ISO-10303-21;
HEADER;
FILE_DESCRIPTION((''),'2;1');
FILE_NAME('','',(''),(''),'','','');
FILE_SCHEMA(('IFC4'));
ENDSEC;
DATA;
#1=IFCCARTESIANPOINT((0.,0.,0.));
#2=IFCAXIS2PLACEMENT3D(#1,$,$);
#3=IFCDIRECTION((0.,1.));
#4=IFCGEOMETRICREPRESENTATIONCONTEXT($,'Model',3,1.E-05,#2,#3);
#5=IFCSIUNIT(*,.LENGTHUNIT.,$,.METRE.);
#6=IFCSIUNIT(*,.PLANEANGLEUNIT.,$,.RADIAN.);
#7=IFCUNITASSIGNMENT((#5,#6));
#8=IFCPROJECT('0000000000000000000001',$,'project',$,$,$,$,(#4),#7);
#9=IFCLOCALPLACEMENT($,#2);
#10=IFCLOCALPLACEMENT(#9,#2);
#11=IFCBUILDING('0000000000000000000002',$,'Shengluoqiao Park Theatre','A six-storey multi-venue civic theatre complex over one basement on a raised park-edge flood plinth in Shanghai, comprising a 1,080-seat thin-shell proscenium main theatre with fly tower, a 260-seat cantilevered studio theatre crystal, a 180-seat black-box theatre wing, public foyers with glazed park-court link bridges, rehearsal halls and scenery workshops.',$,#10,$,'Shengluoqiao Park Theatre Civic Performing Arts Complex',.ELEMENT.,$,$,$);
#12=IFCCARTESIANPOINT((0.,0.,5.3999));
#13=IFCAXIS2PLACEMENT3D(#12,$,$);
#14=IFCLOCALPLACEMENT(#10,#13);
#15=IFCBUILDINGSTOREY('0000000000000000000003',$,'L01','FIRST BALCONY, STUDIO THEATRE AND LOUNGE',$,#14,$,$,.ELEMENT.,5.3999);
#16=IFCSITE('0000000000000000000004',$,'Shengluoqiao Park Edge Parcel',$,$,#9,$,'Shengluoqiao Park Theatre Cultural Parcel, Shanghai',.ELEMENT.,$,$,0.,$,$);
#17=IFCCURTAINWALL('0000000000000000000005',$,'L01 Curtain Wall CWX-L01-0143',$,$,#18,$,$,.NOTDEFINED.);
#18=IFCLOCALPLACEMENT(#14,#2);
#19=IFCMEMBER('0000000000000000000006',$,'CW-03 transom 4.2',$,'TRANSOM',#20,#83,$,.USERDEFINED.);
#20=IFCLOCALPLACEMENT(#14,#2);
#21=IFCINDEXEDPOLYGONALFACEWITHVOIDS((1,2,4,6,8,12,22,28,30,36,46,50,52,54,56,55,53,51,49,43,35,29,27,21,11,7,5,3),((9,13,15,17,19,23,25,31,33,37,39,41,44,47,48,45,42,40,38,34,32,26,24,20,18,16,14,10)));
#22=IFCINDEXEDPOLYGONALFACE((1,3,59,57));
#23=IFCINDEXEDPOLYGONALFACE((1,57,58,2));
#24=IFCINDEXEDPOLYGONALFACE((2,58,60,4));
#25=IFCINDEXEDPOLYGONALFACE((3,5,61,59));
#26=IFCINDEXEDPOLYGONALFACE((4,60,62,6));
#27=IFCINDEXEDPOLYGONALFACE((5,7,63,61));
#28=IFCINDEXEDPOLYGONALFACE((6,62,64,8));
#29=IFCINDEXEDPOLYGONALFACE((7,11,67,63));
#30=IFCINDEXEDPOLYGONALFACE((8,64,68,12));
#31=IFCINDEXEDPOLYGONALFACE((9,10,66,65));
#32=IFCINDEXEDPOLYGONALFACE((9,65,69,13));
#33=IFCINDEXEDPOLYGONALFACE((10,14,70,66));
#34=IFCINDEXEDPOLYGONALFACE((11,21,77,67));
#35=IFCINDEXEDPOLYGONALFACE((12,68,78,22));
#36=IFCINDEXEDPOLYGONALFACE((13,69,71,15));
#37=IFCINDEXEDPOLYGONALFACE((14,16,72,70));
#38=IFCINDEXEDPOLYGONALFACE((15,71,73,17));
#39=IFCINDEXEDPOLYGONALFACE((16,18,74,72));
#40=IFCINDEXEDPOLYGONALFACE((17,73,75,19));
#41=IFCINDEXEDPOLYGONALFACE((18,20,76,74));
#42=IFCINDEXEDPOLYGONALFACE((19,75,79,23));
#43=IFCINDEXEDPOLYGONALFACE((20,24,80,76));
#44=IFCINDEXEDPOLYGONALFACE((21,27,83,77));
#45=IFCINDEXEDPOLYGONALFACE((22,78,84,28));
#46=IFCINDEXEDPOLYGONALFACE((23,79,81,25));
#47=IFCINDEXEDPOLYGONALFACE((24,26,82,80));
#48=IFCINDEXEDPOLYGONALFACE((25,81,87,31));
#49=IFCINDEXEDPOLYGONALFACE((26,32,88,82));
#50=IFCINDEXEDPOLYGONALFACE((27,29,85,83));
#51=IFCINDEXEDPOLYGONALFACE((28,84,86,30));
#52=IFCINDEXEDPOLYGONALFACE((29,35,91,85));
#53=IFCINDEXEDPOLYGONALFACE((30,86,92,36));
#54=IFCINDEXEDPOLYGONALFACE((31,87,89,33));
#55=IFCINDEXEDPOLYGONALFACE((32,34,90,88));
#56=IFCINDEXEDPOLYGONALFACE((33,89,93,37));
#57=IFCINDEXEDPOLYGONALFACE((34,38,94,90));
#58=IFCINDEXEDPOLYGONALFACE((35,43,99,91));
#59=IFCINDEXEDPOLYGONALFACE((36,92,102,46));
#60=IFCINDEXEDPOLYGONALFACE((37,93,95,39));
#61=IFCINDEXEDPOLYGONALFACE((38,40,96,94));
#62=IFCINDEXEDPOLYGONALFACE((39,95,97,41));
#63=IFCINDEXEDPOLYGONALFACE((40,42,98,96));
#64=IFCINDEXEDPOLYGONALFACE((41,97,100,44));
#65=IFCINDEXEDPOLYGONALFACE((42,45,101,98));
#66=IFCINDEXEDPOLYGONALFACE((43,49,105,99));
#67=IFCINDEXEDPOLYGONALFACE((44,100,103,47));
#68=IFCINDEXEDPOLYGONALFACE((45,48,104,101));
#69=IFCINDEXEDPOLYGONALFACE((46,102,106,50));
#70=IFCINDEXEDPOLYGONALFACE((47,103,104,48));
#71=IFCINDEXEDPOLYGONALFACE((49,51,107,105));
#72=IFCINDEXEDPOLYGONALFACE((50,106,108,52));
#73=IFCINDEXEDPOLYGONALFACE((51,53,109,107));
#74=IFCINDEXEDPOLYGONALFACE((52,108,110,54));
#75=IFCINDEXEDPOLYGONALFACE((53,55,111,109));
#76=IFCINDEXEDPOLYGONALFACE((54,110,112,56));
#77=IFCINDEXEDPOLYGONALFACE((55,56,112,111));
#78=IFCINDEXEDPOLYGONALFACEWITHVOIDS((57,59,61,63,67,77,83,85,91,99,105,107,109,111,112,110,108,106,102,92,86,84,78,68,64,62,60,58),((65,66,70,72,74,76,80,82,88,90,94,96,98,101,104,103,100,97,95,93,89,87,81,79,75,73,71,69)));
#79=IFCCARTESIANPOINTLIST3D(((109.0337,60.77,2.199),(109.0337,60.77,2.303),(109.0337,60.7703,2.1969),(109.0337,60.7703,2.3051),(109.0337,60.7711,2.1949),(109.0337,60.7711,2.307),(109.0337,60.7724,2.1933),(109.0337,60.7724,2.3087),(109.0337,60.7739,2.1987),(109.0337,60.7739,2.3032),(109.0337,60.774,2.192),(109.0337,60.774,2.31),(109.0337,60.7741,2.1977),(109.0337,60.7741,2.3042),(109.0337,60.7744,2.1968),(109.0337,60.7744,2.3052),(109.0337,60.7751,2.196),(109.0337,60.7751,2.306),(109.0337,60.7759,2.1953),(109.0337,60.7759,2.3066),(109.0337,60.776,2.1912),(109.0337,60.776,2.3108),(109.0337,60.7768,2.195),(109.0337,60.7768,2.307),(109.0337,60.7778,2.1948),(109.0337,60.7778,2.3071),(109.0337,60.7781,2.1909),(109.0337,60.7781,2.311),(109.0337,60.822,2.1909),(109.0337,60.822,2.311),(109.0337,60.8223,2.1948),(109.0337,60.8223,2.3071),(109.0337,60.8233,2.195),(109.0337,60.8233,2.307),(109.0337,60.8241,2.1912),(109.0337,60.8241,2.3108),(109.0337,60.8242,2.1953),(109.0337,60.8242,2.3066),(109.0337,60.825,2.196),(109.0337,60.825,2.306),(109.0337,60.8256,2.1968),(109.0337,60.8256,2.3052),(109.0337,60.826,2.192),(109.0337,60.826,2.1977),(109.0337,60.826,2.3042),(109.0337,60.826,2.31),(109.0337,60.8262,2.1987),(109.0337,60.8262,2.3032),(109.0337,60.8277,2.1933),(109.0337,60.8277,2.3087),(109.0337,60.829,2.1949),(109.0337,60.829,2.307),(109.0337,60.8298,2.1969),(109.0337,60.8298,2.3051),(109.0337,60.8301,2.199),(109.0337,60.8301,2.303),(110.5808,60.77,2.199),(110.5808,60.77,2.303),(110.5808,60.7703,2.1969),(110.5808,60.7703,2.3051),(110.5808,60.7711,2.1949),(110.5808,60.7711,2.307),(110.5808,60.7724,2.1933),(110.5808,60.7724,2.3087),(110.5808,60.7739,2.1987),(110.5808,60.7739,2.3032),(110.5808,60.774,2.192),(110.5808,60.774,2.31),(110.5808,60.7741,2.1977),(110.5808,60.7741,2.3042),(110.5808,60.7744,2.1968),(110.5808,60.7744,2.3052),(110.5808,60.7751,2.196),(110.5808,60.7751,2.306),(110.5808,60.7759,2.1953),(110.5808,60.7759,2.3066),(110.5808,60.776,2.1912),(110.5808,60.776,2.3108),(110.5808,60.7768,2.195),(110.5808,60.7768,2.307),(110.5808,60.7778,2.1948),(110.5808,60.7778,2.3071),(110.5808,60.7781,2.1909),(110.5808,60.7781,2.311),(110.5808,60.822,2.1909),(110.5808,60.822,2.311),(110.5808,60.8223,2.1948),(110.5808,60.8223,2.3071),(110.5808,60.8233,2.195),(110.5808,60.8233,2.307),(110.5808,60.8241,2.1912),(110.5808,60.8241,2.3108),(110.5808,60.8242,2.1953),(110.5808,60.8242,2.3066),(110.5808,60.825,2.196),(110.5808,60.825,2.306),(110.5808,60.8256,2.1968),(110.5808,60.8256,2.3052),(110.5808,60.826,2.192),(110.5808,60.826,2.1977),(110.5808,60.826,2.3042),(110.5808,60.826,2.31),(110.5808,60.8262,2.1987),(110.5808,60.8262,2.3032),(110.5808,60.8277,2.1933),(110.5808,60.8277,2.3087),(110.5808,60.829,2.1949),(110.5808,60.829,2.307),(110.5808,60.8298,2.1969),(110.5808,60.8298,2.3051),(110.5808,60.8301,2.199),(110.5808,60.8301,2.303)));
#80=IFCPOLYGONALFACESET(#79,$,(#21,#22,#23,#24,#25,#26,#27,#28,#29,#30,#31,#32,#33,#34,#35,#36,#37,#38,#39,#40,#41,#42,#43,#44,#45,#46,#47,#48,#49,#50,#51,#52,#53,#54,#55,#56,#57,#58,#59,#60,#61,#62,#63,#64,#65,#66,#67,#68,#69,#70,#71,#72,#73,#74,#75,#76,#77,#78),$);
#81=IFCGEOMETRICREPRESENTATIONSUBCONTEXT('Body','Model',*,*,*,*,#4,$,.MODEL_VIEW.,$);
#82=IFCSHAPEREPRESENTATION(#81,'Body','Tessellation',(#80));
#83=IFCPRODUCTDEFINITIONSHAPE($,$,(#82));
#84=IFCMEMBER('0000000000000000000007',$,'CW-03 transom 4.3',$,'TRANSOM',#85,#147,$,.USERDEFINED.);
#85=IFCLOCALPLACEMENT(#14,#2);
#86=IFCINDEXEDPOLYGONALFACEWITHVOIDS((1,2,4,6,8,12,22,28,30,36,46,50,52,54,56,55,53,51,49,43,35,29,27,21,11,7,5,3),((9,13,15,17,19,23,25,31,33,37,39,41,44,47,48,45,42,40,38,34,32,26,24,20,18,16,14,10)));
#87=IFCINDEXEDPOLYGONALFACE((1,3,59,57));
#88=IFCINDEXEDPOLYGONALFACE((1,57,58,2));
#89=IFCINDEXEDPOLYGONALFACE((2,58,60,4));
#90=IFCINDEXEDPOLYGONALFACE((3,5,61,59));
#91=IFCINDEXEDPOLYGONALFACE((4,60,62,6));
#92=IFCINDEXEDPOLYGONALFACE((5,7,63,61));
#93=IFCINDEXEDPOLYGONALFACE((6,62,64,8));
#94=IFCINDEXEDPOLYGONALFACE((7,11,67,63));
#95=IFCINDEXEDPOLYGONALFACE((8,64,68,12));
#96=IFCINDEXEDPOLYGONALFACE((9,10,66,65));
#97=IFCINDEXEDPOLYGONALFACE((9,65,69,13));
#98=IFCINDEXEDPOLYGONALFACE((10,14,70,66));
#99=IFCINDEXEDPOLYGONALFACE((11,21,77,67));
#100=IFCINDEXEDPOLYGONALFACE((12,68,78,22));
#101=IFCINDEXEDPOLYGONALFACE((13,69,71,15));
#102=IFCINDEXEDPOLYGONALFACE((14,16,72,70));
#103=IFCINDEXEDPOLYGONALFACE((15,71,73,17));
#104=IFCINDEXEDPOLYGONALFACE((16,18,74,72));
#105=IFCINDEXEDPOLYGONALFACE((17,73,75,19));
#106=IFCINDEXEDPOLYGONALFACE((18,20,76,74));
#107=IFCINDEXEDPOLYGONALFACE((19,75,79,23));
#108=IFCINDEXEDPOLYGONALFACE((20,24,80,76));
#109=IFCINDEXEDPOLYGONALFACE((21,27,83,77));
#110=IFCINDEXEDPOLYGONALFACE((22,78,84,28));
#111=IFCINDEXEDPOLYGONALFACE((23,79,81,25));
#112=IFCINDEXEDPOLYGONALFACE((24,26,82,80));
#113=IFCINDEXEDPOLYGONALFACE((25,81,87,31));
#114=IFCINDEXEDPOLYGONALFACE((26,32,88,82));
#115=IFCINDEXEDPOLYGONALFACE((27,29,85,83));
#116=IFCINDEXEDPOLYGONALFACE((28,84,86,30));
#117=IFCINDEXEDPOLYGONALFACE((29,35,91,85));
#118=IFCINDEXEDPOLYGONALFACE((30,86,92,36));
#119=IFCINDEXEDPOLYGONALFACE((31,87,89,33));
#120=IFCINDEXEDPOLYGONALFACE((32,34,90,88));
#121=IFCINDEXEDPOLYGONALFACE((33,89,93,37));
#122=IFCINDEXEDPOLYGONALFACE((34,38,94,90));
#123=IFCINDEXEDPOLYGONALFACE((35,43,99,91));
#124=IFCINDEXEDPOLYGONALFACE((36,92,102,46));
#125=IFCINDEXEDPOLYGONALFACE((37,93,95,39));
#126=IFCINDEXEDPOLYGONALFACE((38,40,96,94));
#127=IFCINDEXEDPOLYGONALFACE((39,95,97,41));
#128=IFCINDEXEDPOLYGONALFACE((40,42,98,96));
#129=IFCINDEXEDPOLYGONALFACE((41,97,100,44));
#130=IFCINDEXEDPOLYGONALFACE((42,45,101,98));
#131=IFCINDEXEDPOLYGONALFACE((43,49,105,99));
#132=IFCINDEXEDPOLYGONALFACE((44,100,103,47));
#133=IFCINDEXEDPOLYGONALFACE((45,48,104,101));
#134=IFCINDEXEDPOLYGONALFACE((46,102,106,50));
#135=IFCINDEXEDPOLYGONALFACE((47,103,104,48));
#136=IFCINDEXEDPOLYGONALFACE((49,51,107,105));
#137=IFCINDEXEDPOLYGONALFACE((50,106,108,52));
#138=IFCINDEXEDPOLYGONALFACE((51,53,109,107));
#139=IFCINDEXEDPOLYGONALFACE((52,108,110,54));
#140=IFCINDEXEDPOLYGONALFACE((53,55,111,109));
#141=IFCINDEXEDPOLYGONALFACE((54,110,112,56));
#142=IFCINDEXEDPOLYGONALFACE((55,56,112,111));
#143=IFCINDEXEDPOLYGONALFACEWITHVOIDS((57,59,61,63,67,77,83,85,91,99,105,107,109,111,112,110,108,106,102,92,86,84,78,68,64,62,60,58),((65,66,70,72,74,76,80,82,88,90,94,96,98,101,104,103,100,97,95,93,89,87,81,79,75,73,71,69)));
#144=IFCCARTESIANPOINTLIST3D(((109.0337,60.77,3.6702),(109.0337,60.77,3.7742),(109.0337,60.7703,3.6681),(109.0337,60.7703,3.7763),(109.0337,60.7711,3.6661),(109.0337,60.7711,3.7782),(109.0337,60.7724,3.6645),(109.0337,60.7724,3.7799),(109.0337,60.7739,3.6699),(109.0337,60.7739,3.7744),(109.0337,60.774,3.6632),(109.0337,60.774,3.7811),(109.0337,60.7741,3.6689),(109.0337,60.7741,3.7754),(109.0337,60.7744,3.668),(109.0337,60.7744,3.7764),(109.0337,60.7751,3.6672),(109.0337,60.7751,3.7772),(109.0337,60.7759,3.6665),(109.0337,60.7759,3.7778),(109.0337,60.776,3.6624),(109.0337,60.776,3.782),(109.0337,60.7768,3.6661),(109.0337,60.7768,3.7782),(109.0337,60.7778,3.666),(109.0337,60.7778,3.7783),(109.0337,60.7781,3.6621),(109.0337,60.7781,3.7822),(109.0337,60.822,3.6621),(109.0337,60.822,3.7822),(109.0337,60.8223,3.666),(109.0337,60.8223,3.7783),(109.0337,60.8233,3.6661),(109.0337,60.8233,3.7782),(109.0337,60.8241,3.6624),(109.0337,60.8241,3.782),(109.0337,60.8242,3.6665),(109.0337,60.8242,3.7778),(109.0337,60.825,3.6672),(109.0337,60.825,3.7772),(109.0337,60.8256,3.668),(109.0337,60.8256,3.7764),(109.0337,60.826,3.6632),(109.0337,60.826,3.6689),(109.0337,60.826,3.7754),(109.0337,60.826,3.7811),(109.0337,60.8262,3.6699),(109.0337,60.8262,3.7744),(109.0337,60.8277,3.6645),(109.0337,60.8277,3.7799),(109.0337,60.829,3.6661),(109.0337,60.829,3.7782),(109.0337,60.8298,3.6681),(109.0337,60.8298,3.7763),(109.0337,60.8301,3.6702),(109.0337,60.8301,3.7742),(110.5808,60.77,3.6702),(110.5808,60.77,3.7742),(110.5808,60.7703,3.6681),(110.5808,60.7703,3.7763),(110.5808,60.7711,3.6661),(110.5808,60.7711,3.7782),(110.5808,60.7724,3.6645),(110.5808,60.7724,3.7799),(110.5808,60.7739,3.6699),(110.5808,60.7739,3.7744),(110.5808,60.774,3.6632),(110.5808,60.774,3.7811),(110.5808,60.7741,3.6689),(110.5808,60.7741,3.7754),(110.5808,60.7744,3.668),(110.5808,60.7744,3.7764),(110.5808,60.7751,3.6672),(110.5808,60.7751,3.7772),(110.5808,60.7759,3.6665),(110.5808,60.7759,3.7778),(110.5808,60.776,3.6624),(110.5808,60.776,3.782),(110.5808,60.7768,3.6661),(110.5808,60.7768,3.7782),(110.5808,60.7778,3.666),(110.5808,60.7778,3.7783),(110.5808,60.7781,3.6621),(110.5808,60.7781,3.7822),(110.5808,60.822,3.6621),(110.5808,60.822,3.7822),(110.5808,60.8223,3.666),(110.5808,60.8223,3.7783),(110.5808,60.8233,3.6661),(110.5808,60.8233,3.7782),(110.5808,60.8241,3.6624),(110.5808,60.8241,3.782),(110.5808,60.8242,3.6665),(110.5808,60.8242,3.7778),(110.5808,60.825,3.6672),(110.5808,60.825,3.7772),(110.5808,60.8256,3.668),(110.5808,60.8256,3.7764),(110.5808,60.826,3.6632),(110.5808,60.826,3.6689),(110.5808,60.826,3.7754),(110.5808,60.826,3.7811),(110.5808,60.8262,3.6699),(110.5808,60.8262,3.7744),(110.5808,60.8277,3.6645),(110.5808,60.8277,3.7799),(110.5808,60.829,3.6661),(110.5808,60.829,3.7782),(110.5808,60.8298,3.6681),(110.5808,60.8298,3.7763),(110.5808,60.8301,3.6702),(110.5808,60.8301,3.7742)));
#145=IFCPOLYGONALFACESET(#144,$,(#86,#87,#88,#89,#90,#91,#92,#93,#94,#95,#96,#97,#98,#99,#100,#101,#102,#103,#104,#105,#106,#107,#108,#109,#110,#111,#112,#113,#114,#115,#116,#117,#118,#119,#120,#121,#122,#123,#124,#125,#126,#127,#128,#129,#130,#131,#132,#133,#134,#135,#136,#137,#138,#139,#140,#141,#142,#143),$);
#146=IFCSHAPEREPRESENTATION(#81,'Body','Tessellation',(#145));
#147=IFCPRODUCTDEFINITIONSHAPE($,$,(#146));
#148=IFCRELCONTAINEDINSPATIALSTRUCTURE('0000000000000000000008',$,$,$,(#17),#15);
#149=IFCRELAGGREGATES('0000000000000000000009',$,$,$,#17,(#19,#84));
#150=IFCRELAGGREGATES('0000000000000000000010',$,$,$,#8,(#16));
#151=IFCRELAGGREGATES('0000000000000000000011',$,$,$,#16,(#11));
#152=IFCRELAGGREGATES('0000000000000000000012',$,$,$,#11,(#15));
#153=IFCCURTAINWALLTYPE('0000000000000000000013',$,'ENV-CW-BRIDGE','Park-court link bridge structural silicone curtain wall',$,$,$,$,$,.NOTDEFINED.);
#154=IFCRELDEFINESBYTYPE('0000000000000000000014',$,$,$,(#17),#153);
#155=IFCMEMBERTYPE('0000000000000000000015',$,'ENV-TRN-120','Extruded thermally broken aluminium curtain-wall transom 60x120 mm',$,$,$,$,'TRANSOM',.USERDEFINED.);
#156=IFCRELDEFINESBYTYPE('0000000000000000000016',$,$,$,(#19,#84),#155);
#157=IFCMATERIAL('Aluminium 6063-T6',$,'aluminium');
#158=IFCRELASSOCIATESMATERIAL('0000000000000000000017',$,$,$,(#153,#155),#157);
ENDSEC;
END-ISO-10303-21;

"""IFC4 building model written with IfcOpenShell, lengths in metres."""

from ifc_helpers import new_model, si_unit, direction, frame, origin, origin_2d, place, context, subcontext, project, spatial, hollow_rectangle, extrude, material, material_profile, profile_set, type_object, element, aggregate, save


model = new_model("IFC4")

# Units and contexts
model_context = context("Model", 3, precision=1e-05, world=origin(), true_north=direction((0.0, 1.0)))
body_context = subcontext(model_context, "Body", "Model", "MODEL_VIEW")
ifc_project = project(units=[si_unit("LENGTHUNIT", "METRE"), si_unit("PLANEANGLEUNIT", "RADIAN")], contexts=[model_context])

# Site, building, storey
site_placement = place(None, origin())
site = spatial("IfcSite", under=ifc_project, at=site_placement, Name="Shengluoqiao Park Edge Parcel", LongName="Shengluoqiao Park Theatre Cultural Parcel, Shanghai", CompositionType="ELEMENT", RefElevation=0.0)
building_placement = place(site_placement, origin())
building = spatial("IfcBuilding", under=site, at=building_placement, Name="Shengluoqiao Park Theatre", Description="A six-storey multi-venue civic theatre complex over one basement on a raised park-edge flood plinth in Shanghai, comprising a 1,080-seat thin-shell proscenium main theatre with fly tower, a 260-seat cantilevered studio theatre crystal, a 180-seat black-box theatre wing, public foyers with glazed park-court link bridges, rehearsal halls and scenery workshops.", LongName="Shengluoqiao Park Theatre Civic Performing Arts Complex", CompositionType="ELEMENT")
storey_placement = place(building_placement, frame((0.0, 0.0, 5.3999)))
storey = spatial("IfcBuildingStorey", under=building, at=storey_placement, Name="L01", Description="FIRST BALCONY, STUDIO THEATRE AND LOUNGE", CompositionType="ELEMENT", Elevation=5.3999)

# Curtain wall
ifc_material_1 = material(Name="Aluminium 6063-T6", Category="aluminium")
curtain_wall_type = type_object("IfcCurtainWallType", Name="ENV-CW-BRIDGE", Description="Park-court link bridge structural silicone curtain wall", PredefinedType="NOTDEFINED", material=ifc_material_1)
curtain_wall_1_placement = place(storey_placement, origin())
curtain_wall_1 = element("IfcCurtainWall", 1, at=curtain_wall_1_placement, inside=storey, type_object=curtain_wall_type, Name="L01 Curtain Wall CWX-L01-0143", PredefinedType="NOTDEFINED")

# Members
ifc_material_profile_1 = material_profile(ifc_material_1, hollow_rectangle(XDim=0.0601, YDim=0.1201, WallThickness=0.0039, InnerFilletRadius=0.0039, OuterFilletRadius=0.0081, at=origin_2d()), Name="ALU TRANSOM 120x60x4")
ifc_profile_set_1 = profile_set([ifc_material_profile_1], Name="Aluminium 6063-T6")
member_type_1 = type_object("IfcMemberType", Name="ENV-TRN-120", Description="Extruded thermally broken aluminium curtain-wall transom 60x120 mm", ElementType="TRANSOM", PredefinedType="USERDEFINED", material=ifc_profile_set_1)
member_1_placement = place(storey_placement, frame((109.0337, 60.8, 2.251), z_axis=(1.0, 0.0, 0.0), x_axis=(0.0, 1.0, 0.0)))
member_1 = element("IfcMember", 2, at=member_1_placement, type_object=member_type_1, Name="CW-03 transom 4.2", ObjectType="TRANSOM", PredefinedType="USERDEFINED", context=body_context, shape_type="SweptSolid", body=[
    extrude(hollow_rectangle(XDim=0.0601, YDim=0.1201, WallThickness=0.0039, InnerFilletRadius=0.0039, OuterFilletRadius=0.0081, at=origin_2d()), origin(), (0.0, 0.0, 1.0), 1.5471),
])
member_2_placement = place(storey_placement, frame((109.0337, 60.8, 3.7222), z_axis=(1.0, 0.0, 0.0), x_axis=(0.0, 1.0, 0.0)))
member_2 = element("IfcMember", 3, at=member_2_placement, type_object=member_type_1, Name="CW-03 transom 4.3", ObjectType="TRANSOM", PredefinedType="USERDEFINED", context=body_context, shape_type="SweptSolid", body=[
    extrude(hollow_rectangle(XDim=0.0601, YDim=0.1201, WallThickness=0.0039, InnerFilletRadius=0.0039, OuterFilletRadius=0.0081, at=origin_2d()), origin(), (0.0, 0.0, 1.0), 1.5471),
])

aggregate(curtain_wall_1, [member_1, member_2])

save(model, "model.ifc")
